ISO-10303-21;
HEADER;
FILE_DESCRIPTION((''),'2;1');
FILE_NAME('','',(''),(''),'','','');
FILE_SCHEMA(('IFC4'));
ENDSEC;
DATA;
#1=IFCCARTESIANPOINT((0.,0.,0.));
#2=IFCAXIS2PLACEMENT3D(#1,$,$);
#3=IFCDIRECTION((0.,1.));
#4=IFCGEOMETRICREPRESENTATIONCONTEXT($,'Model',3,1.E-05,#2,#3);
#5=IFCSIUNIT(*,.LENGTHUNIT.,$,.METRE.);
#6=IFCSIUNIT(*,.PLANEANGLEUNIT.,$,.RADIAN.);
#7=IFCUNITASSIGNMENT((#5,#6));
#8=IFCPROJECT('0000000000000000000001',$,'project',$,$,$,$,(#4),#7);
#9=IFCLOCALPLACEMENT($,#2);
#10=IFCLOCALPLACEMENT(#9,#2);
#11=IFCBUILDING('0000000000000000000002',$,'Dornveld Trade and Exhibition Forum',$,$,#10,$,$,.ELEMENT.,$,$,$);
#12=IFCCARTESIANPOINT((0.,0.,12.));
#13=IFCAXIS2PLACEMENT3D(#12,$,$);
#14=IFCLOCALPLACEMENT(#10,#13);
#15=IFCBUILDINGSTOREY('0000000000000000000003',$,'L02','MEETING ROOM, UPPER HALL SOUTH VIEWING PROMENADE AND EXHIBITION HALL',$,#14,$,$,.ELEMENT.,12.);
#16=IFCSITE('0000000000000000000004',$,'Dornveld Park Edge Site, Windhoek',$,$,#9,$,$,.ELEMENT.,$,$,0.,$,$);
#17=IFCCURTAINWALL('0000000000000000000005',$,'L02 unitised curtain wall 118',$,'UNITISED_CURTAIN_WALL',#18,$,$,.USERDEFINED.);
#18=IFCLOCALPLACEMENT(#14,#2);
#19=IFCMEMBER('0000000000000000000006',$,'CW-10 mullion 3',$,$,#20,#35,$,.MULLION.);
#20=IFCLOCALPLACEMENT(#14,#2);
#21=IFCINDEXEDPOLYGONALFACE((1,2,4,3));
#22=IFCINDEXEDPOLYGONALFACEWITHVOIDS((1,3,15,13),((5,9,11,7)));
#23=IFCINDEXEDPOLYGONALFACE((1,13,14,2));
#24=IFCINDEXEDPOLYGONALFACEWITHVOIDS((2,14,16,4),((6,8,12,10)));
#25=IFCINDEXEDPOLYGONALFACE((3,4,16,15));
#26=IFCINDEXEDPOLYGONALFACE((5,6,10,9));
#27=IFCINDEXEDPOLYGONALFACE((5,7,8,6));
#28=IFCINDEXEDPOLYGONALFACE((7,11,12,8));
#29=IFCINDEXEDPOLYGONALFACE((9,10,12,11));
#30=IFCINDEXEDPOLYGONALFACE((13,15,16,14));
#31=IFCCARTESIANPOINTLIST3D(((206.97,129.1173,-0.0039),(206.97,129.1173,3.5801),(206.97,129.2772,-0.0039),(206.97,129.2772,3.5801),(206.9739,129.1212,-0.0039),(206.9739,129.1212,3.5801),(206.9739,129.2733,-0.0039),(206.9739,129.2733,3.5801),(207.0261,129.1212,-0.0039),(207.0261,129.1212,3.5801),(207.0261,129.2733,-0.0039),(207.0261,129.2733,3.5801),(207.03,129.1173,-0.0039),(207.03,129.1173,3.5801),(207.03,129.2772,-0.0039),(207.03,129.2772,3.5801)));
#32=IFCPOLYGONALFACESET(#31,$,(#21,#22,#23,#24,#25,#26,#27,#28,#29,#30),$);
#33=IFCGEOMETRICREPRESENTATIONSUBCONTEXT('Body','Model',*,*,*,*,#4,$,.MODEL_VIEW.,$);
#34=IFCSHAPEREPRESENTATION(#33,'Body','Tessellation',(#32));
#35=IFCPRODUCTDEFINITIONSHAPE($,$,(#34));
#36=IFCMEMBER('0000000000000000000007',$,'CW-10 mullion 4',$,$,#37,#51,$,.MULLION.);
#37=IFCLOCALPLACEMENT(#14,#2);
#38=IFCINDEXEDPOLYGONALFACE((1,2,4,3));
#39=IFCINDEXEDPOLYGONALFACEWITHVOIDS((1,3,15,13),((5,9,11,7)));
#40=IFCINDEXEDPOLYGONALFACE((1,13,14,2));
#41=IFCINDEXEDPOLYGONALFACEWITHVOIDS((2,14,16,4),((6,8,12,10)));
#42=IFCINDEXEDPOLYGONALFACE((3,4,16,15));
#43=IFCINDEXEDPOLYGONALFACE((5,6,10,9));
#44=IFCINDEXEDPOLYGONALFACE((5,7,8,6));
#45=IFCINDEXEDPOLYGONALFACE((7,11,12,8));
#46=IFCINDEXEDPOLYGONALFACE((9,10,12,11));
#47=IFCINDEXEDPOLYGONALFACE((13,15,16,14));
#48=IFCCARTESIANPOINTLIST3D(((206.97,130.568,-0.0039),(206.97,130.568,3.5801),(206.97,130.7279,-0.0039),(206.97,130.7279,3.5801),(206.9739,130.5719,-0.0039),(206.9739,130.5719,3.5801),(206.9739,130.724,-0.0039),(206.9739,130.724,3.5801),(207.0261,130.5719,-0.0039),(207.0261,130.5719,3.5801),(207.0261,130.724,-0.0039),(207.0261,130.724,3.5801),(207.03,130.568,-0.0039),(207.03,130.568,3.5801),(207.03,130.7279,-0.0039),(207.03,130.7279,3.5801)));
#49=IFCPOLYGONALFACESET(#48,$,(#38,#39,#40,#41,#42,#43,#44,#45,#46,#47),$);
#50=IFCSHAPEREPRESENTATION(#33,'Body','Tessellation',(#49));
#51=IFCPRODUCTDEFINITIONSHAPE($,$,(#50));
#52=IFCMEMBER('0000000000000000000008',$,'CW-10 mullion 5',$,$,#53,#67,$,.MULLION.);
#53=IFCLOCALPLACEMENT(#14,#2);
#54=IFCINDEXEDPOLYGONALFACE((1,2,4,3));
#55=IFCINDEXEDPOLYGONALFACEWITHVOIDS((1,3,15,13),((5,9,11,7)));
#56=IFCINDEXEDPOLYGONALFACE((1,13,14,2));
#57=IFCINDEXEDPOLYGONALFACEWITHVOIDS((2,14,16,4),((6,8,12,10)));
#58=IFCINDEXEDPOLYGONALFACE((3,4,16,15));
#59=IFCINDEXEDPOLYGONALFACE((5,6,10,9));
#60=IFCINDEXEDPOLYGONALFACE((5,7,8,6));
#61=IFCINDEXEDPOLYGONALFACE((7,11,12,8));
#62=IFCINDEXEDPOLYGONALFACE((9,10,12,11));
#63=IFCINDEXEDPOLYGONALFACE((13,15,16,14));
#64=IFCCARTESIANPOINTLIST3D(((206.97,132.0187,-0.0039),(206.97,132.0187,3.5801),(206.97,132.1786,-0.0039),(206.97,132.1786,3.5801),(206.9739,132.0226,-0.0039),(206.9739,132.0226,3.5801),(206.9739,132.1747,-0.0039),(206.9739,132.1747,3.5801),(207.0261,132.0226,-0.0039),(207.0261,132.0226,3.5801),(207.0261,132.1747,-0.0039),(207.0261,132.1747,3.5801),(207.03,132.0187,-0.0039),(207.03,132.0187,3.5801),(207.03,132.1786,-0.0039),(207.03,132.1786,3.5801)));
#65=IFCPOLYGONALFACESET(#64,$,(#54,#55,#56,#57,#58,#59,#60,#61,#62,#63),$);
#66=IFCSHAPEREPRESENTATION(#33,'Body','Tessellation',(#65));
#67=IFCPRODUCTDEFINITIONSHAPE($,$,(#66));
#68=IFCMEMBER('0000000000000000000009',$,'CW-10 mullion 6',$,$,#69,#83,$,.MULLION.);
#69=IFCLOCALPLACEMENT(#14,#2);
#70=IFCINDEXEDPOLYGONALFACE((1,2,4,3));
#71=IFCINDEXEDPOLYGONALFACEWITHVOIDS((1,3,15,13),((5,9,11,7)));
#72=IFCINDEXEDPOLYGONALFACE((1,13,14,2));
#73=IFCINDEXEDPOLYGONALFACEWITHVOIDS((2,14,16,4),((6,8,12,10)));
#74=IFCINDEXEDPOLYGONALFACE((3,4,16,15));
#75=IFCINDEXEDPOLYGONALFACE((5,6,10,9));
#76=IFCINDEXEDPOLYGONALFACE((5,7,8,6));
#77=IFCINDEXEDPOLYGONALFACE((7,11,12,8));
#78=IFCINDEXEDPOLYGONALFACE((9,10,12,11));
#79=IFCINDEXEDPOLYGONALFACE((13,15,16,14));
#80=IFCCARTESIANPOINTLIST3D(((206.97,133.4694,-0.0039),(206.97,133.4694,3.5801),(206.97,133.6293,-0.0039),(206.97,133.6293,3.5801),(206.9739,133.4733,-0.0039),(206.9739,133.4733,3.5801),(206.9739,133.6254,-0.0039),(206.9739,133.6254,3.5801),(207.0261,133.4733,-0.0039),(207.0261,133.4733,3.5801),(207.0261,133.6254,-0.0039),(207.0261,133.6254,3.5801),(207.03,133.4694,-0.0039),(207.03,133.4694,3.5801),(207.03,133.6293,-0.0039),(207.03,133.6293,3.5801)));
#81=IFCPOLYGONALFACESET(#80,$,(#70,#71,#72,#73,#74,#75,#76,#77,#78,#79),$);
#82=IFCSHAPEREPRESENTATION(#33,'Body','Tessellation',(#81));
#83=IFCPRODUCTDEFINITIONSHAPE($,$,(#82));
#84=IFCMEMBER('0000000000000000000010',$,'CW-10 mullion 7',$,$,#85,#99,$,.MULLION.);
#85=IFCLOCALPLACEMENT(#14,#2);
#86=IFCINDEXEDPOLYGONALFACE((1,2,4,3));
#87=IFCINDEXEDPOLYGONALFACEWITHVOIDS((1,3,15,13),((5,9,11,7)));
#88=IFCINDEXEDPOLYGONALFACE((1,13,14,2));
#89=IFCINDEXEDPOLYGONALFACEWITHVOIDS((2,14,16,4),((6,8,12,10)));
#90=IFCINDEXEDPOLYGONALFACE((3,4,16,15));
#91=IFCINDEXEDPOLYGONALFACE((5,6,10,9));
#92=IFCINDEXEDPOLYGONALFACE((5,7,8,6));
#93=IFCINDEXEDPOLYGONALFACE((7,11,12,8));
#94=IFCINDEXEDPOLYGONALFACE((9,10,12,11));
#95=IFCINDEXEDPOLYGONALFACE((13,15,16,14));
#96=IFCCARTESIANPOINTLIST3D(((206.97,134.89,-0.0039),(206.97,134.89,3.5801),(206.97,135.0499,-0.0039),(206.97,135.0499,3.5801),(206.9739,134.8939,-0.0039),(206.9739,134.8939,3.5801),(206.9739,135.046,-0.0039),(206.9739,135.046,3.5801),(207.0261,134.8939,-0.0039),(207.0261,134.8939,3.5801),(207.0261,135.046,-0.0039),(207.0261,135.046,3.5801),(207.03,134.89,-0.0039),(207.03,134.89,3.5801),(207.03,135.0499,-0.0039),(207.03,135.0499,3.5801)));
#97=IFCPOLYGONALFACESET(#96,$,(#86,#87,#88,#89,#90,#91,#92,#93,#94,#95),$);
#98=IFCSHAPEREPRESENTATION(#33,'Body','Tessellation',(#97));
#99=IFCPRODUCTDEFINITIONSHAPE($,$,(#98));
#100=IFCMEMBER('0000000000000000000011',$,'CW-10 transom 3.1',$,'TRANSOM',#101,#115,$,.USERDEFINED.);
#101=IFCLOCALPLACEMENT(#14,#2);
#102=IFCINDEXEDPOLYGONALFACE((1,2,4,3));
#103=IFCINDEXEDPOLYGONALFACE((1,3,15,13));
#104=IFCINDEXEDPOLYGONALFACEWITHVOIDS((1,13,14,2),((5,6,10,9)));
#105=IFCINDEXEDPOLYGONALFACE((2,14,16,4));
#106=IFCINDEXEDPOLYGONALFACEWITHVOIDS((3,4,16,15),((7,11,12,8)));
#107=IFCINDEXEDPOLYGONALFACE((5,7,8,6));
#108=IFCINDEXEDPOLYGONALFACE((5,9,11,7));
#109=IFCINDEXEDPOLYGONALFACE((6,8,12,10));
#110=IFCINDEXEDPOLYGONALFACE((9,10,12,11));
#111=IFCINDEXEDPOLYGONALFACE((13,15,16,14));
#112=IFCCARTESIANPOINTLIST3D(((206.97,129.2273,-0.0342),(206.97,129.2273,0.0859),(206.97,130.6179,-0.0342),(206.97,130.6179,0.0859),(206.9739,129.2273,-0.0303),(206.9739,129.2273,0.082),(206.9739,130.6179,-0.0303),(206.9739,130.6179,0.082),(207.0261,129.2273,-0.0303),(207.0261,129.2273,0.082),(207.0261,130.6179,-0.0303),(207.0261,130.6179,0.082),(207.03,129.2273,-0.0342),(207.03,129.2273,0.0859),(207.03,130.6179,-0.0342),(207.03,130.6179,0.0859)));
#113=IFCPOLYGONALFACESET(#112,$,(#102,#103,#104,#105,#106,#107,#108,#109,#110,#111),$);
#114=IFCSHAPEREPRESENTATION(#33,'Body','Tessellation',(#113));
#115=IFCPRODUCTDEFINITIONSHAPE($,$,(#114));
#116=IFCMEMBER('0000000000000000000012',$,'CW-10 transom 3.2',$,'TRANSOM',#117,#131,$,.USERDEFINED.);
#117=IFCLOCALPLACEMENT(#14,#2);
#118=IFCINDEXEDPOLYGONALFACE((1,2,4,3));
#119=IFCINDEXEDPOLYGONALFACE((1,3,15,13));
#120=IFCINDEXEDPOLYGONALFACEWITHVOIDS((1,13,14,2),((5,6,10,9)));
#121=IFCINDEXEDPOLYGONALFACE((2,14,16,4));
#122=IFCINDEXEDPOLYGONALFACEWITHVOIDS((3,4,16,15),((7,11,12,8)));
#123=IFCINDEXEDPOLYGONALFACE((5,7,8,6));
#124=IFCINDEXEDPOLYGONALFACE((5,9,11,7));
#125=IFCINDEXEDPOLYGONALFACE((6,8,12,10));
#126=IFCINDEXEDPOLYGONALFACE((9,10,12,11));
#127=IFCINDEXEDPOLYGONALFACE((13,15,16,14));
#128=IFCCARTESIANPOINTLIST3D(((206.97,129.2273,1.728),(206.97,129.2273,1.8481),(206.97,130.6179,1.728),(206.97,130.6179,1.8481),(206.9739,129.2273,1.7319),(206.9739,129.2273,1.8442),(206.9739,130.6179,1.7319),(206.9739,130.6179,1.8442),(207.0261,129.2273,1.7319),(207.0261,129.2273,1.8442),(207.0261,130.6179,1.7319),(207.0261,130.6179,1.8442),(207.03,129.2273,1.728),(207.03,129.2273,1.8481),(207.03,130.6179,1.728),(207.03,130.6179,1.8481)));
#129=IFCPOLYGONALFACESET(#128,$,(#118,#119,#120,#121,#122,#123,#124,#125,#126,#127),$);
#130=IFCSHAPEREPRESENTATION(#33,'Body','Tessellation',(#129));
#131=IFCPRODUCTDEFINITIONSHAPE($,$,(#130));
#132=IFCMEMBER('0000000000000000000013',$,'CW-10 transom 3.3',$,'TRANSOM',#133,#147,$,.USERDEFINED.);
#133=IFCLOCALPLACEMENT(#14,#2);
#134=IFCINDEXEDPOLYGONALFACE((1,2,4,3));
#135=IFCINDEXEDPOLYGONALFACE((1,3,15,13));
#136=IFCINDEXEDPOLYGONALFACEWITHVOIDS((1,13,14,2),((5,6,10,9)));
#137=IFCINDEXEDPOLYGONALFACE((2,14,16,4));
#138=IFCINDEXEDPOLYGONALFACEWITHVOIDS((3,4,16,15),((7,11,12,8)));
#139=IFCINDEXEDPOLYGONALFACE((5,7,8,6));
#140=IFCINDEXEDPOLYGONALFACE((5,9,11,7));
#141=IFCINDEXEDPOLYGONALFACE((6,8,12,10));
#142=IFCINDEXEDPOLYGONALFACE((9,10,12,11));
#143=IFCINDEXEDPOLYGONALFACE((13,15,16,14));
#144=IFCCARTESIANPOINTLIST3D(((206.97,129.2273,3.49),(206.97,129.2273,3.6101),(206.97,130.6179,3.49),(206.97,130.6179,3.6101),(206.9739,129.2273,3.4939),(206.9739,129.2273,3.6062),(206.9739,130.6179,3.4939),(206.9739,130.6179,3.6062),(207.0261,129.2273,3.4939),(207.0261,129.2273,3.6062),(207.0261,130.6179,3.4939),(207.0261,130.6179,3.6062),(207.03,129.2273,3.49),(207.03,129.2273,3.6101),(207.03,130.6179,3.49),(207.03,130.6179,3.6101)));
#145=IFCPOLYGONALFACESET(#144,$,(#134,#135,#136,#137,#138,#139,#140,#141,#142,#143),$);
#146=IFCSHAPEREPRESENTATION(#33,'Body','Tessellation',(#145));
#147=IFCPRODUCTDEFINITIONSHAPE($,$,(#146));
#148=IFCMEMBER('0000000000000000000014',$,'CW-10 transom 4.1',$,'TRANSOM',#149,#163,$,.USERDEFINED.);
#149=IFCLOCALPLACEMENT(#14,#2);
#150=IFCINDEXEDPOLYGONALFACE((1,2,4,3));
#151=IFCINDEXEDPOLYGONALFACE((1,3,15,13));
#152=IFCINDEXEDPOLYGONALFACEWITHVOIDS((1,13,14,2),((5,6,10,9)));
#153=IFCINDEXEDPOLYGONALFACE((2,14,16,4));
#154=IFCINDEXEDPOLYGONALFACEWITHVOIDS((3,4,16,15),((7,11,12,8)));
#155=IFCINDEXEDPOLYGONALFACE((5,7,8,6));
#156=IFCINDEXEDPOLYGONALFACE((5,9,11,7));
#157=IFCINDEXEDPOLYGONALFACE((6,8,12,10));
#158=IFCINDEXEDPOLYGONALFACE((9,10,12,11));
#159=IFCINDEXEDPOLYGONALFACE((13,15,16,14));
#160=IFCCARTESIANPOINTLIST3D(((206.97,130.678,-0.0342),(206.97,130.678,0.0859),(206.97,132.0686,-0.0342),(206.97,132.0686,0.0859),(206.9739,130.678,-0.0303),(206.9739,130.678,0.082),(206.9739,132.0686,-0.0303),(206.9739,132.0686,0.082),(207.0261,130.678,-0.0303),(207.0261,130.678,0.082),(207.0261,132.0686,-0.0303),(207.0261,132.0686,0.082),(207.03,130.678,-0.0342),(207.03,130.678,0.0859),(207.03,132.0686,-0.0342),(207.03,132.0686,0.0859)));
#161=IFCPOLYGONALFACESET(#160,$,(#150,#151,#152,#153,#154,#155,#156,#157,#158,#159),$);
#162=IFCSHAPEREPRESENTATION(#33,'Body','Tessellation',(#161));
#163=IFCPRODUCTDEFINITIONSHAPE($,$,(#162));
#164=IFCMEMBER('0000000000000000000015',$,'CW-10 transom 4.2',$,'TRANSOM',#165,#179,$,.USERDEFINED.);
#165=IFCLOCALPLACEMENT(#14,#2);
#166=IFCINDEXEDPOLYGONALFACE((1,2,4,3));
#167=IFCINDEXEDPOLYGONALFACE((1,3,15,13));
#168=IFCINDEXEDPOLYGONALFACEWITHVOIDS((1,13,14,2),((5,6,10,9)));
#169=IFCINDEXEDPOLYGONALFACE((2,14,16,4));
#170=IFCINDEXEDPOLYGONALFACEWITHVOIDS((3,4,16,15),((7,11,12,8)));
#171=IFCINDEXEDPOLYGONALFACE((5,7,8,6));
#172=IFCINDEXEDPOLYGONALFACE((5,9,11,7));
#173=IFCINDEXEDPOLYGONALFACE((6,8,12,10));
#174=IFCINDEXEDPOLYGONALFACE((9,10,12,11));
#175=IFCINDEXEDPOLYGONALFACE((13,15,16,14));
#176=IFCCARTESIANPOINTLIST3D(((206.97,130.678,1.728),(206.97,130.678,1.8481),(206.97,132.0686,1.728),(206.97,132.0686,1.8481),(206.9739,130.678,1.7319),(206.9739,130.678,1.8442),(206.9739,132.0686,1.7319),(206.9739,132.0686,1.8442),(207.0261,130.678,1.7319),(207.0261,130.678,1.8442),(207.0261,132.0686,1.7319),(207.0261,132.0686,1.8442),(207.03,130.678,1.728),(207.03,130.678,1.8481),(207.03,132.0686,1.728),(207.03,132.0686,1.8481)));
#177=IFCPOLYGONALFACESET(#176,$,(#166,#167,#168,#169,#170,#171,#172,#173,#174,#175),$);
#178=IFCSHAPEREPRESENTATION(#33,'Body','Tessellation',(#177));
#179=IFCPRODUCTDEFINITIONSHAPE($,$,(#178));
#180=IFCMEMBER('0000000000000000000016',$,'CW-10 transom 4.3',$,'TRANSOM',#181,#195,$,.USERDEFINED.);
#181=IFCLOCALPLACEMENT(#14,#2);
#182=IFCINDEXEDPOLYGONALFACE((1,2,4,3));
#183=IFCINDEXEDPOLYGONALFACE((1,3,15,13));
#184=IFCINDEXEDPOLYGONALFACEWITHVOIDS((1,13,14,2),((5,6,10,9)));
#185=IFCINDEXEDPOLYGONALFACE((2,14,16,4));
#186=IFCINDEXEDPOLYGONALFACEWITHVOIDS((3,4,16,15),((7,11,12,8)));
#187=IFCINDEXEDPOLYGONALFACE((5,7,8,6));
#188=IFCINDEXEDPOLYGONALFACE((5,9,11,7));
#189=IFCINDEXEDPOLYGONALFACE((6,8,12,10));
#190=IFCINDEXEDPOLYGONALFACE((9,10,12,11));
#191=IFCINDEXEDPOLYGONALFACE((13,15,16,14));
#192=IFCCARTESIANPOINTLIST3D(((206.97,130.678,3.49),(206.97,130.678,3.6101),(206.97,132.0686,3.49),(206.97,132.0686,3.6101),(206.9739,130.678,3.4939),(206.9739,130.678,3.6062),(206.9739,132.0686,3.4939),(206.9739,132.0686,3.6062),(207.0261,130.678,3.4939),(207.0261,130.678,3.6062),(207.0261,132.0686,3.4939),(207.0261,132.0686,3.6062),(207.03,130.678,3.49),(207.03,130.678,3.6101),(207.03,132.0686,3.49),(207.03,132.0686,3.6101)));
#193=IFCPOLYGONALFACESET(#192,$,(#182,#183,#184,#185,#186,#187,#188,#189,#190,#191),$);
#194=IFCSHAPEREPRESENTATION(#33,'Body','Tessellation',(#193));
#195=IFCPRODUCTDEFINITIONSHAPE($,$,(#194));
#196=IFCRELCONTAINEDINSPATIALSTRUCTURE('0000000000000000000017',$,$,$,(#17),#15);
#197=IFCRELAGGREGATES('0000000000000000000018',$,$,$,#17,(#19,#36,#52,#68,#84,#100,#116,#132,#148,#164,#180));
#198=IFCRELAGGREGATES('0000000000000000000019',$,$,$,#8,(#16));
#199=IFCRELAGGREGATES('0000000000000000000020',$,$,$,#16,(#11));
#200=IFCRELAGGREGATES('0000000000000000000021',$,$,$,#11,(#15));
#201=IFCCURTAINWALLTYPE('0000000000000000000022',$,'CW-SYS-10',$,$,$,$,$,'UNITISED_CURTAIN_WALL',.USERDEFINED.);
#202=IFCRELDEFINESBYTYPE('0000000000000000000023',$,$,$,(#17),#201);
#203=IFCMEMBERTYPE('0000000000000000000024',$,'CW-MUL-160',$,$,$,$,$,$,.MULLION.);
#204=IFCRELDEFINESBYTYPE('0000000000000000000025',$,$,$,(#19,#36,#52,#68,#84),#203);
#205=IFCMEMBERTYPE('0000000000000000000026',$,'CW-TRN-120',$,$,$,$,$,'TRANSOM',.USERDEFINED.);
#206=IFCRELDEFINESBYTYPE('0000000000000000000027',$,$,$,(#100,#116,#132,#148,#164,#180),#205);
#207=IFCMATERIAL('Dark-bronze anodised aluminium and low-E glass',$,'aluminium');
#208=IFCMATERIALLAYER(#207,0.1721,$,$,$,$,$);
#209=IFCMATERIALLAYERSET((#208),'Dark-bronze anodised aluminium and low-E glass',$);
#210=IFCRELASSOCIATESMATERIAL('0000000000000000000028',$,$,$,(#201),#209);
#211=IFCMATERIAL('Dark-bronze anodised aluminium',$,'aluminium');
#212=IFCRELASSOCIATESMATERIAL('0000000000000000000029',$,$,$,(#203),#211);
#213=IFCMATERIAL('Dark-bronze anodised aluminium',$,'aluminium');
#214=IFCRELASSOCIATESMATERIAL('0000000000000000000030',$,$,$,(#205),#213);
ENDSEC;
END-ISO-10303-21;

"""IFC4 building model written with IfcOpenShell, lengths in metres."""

from ifc_helpers import new_model, si_unit, direction, frame, origin, origin_2d, place, context, subcontext, project, spatial, hollow_rectangle, extrude, material, layer, layer_set, material_profile, profile_set, type_object, element, aggregate, save


model = new_model("IFC4")

# Units and contexts
model_context = context("Model", 3, precision=1e-05, world=origin(), true_north=direction((0.0, 1.0)))
body_context = subcontext(model_context, "Body", "Model", "MODEL_VIEW")
ifc_project = project(units=[si_unit("LENGTHUNIT", "METRE"), si_unit("PLANEANGLEUNIT", "RADIAN")], contexts=[model_context])

# Site, building, storey
site_placement = place(None, origin())
site = spatial("IfcSite", under=ifc_project, at=site_placement, Name="Dornveld Park Edge Site, Windhoek", CompositionType="ELEMENT", RefElevation=0.0)
building_placement = place(site_placement, origin())
building = spatial("IfcBuilding", under=site, at=building_placement, Name="Dornveld Trade and Exhibition Forum", CompositionType="ELEMENT")
storey_placement = place(building_placement, frame((0.0, 0.0, 12.0)))
storey = spatial("IfcBuildingStorey", under=building, at=storey_placement, Name="L02", Description="MEETING ROOM, UPPER HALL SOUTH VIEWING PROMENADE AND EXHIBITION HALL", CompositionType="ELEMENT", Elevation=12.0)

# Curtain wall, members
ifc_material_1 = material(Name="Dark-bronze anodised aluminium and low-E glass", Category="aluminium")
ifc_layer_1 = layer(ifc_material_1, 0.1721)
ifc_layer_set_1 = layer_set([ifc_layer_1], Name="Dark-bronze anodised aluminium and low-E glass")
curtain_wall_type = type_object("IfcCurtainWallType", Name="CW-SYS-10", ElementType="UNITISED_CURTAIN_WALL", PredefinedType="USERDEFINED", material=ifc_layer_set_1)
curtain_wall_placement = place(storey_placement, origin())
curtain_wall = element("IfcCurtainWall", 1, at=curtain_wall_placement, inside=storey, type_object=curtain_wall_type, Name="L02 unitised curtain wall 118", ObjectType="UNITISED_CURTAIN_WALL", PredefinedType="USERDEFINED")
ifc_material_2 = material(Name="Dark-bronze anodised aluminium", Category="aluminium")
ifc_material_profile_1 = material_profile(ifc_material_2, hollow_rectangle(XDim=0.0601, YDim=0.1599, WallThickness=0.0039, at=origin_2d()), Name="RHS 160x60x4")
ifc_profile_set_1 = profile_set([ifc_material_profile_1], Name="Dark-bronze anodised aluminium")
member_type_1 = type_object("IfcMemberType", Name="CW-MUL-160", PredefinedType="MULLION", material=ifc_profile_set_1)
member_1_placement = place(storey_placement, frame((207.0, 129.1973, -0.0039), z_axis=(0.0, 0.0, 1.0), x_axis=(-1.0, 0.0, 0.0)))
member_1 = element("IfcMember", 2, at=member_1_placement, type_object=member_type_1, Name="CW-10 mullion 3", PredefinedType="MULLION", context=body_context, shape_type="SweptSolid", body=[
    extrude(hollow_rectangle(XDim=0.0601, YDim=0.1599, WallThickness=0.0039, at=origin_2d()), origin(), (0.0, 0.0, 1.0), 3.584),
])
member_2_placement = place(storey_placement, frame((207.0, 130.6479, -0.0039), z_axis=(0.0, 0.0, 1.0), x_axis=(-1.0, 0.0, 0.0)))
member_2 = element("IfcMember", 3, at=member_2_placement, type_object=member_type_1, Name="CW-10 mullion 4", PredefinedType="MULLION", context=body_context, shape_type="SweptSolid", body=[
    extrude(hollow_rectangle(XDim=0.0601, YDim=0.1599, WallThickness=0.0039, at=origin_2d()), origin(), (0.0, 0.0, 1.0), 3.584),
])
member_3_placement = place(storey_placement, frame((207.0, 132.0986, -0.0039), z_axis=(0.0, 0.0, 1.0), x_axis=(-1.0, 0.0, 0.0)))
member_3 = element("IfcMember", 4, at=member_3_placement, type_object=member_type_1, Name="CW-10 mullion 5", PredefinedType="MULLION", context=body_context, shape_type="SweptSolid", body=[
    extrude(hollow_rectangle(XDim=0.0601, YDim=0.1599, WallThickness=0.0039, at=origin_2d()), origin(), (0.0, 0.0, 1.0), 3.584),
])
member_4_placement = place(storey_placement, frame((207.0, 133.5493, -0.0039), z_axis=(0.0, 0.0, 1.0), x_axis=(-1.0, 0.0, 0.0)))
member_4 = element("IfcMember", 5, at=member_4_placement, type_object=member_type_1, Name="CW-10 mullion 6", PredefinedType="MULLION", context=body_context, shape_type="SweptSolid", body=[
    extrude(hollow_rectangle(XDim=0.0601, YDim=0.1599, WallThickness=0.0039, at=origin_2d()), origin(), (0.0, 0.0, 1.0), 3.584),
])
member_5_placement = place(storey_placement, frame((207.0, 134.97, -0.0039), z_axis=(0.0, 0.0, 1.0), x_axis=(-1.0, 0.0, 0.0)))
member_5 = element("IfcMember", 6, at=member_5_placement, type_object=member_type_1, Name="CW-10 mullion 7", PredefinedType="MULLION", context=body_context, shape_type="SweptSolid", body=[
    extrude(hollow_rectangle(XDim=0.0601, YDim=0.1599, WallThickness=0.0039, at=origin_2d()), origin(), (0.0, 0.0, 1.0), 3.584),
])
ifc_material_3 = material(Name="Dark-bronze anodised aluminium", Category="aluminium")
ifc_material_profile_2 = material_profile(ifc_material_3, hollow_rectangle(XDim=0.0601, YDim=0.1201, WallThickness=0.0039, at=origin_2d()), Name="RHS 120x60x4")
ifc_profile_set_2 = profile_set([ifc_material_profile_2], Name="Dark-bronze anodised aluminium")
member_type_2 = type_object("IfcMemberType", Name="CW-TRN-120", ElementType="TRANSOM", PredefinedType="USERDEFINED", material=ifc_profile_set_2)
member_6_placement = place(storey_placement, frame((207.0, 129.2273, 0.0259), z_axis=(0.0, 1.0, 0.0), x_axis=(-1.0, 0.0, 0.0)))
member_6 = element("IfcMember", 7, at=member_6_placement, type_object=member_type_2, Name="CW-10 transom 3.1", ObjectType="TRANSOM", PredefinedType="USERDEFINED", context=body_context, shape_type="SweptSolid", body=[
    extrude(hollow_rectangle(XDim=0.0601, YDim=0.1201, WallThickness=0.0039, at=origin_2d()), origin(), (0.0, 0.0, 1.0), 1.3906),
])
member_7_placement = place(storey_placement, frame((207.0, 129.2273, 1.7881), z_axis=(0.0, 1.0, 0.0), x_axis=(-1.0, 0.0, 0.0)))
member_7 = element("IfcMember", 8, at=member_7_placement, type_object=member_type_2, Name="CW-10 transom 3.2", ObjectType="TRANSOM", PredefinedType="USERDEFINED", context=body_context, shape_type="SweptSolid", body=[
    extrude(hollow_rectangle(XDim=0.0601, YDim=0.1201, WallThickness=0.0039, at=origin_2d()), origin(), (0.0, 0.0, 1.0), 1.3906),
])
member_8_placement = place(storey_placement, frame((207.0, 129.2273, 3.55), z_axis=(0.0, 1.0, 0.0), x_axis=(-1.0, 0.0, 0.0)))
member_8 = element("IfcMember", 9, at=member_8_placement, type_object=member_type_2, Name="CW-10 transom 3.3", ObjectType="TRANSOM", PredefinedType="USERDEFINED", context=body_context, shape_type="SweptSolid", body=[
    extrude(hollow_rectangle(XDim=0.0601, YDim=0.1201, WallThickness=0.0039, at=origin_2d()), origin(), (0.0, 0.0, 1.0), 1.3906),
])
member_9_placement = place(storey_placement, frame((207.0, 130.678, 0.0259), z_axis=(0.0, 1.0, 0.0), x_axis=(-1.0, 0.0, 0.0)))
member_9 = element("IfcMember", 10, at=member_9_placement, type_object=member_type_2, Name="CW-10 transom 4.1", ObjectType="TRANSOM", PredefinedType="USERDEFINED", context=body_context, shape_type="SweptSolid", body=[
    extrude(hollow_rectangle(XDim=0.0601, YDim=0.1201, WallThickness=0.0039, at=origin_2d()), origin(), (0.0, 0.0, 1.0), 1.3906),
])
member_10_placement = place(storey_placement, frame((207.0, 130.678, 1.7881), z_axis=(0.0, 1.0, 0.0), x_axis=(-1.0, 0.0, 0.0)))
member_10 = element("IfcMember", 11, at=member_10_placement, type_object=member_type_2, Name="CW-10 transom 4.2", ObjectType="TRANSOM", PredefinedType="USERDEFINED", context=body_context, shape_type="SweptSolid", body=[
    extrude(hollow_rectangle(XDim=0.0601, YDim=0.1201, WallThickness=0.0039, at=origin_2d()), origin(), (0.0, 0.0, 1.0), 1.3906),
])
member_11_placement = place(storey_placement, frame((207.0, 130.678, 3.55), z_axis=(0.0, 1.0, 0.0), x_axis=(-1.0, 0.0, 0.0)))
member_11 = element("IfcMember", 12, at=member_11_placement, type_object=member_type_2, Name="CW-10 transom 4.3", ObjectType="TRANSOM", PredefinedType="USERDEFINED", context=body_context, shape_type="SweptSolid", body=[
    extrude(hollow_rectangle(XDim=0.0601, YDim=0.1201, WallThickness=0.0039, at=origin_2d()), origin(), (0.0, 0.0, 1.0), 1.3906),
])
aggregate(curtain_wall, [member_1, member_2, member_3, member_4, member_5, member_6, member_7, member_8, member_9, member_10, member_11])

save(model, "model.ifc")
